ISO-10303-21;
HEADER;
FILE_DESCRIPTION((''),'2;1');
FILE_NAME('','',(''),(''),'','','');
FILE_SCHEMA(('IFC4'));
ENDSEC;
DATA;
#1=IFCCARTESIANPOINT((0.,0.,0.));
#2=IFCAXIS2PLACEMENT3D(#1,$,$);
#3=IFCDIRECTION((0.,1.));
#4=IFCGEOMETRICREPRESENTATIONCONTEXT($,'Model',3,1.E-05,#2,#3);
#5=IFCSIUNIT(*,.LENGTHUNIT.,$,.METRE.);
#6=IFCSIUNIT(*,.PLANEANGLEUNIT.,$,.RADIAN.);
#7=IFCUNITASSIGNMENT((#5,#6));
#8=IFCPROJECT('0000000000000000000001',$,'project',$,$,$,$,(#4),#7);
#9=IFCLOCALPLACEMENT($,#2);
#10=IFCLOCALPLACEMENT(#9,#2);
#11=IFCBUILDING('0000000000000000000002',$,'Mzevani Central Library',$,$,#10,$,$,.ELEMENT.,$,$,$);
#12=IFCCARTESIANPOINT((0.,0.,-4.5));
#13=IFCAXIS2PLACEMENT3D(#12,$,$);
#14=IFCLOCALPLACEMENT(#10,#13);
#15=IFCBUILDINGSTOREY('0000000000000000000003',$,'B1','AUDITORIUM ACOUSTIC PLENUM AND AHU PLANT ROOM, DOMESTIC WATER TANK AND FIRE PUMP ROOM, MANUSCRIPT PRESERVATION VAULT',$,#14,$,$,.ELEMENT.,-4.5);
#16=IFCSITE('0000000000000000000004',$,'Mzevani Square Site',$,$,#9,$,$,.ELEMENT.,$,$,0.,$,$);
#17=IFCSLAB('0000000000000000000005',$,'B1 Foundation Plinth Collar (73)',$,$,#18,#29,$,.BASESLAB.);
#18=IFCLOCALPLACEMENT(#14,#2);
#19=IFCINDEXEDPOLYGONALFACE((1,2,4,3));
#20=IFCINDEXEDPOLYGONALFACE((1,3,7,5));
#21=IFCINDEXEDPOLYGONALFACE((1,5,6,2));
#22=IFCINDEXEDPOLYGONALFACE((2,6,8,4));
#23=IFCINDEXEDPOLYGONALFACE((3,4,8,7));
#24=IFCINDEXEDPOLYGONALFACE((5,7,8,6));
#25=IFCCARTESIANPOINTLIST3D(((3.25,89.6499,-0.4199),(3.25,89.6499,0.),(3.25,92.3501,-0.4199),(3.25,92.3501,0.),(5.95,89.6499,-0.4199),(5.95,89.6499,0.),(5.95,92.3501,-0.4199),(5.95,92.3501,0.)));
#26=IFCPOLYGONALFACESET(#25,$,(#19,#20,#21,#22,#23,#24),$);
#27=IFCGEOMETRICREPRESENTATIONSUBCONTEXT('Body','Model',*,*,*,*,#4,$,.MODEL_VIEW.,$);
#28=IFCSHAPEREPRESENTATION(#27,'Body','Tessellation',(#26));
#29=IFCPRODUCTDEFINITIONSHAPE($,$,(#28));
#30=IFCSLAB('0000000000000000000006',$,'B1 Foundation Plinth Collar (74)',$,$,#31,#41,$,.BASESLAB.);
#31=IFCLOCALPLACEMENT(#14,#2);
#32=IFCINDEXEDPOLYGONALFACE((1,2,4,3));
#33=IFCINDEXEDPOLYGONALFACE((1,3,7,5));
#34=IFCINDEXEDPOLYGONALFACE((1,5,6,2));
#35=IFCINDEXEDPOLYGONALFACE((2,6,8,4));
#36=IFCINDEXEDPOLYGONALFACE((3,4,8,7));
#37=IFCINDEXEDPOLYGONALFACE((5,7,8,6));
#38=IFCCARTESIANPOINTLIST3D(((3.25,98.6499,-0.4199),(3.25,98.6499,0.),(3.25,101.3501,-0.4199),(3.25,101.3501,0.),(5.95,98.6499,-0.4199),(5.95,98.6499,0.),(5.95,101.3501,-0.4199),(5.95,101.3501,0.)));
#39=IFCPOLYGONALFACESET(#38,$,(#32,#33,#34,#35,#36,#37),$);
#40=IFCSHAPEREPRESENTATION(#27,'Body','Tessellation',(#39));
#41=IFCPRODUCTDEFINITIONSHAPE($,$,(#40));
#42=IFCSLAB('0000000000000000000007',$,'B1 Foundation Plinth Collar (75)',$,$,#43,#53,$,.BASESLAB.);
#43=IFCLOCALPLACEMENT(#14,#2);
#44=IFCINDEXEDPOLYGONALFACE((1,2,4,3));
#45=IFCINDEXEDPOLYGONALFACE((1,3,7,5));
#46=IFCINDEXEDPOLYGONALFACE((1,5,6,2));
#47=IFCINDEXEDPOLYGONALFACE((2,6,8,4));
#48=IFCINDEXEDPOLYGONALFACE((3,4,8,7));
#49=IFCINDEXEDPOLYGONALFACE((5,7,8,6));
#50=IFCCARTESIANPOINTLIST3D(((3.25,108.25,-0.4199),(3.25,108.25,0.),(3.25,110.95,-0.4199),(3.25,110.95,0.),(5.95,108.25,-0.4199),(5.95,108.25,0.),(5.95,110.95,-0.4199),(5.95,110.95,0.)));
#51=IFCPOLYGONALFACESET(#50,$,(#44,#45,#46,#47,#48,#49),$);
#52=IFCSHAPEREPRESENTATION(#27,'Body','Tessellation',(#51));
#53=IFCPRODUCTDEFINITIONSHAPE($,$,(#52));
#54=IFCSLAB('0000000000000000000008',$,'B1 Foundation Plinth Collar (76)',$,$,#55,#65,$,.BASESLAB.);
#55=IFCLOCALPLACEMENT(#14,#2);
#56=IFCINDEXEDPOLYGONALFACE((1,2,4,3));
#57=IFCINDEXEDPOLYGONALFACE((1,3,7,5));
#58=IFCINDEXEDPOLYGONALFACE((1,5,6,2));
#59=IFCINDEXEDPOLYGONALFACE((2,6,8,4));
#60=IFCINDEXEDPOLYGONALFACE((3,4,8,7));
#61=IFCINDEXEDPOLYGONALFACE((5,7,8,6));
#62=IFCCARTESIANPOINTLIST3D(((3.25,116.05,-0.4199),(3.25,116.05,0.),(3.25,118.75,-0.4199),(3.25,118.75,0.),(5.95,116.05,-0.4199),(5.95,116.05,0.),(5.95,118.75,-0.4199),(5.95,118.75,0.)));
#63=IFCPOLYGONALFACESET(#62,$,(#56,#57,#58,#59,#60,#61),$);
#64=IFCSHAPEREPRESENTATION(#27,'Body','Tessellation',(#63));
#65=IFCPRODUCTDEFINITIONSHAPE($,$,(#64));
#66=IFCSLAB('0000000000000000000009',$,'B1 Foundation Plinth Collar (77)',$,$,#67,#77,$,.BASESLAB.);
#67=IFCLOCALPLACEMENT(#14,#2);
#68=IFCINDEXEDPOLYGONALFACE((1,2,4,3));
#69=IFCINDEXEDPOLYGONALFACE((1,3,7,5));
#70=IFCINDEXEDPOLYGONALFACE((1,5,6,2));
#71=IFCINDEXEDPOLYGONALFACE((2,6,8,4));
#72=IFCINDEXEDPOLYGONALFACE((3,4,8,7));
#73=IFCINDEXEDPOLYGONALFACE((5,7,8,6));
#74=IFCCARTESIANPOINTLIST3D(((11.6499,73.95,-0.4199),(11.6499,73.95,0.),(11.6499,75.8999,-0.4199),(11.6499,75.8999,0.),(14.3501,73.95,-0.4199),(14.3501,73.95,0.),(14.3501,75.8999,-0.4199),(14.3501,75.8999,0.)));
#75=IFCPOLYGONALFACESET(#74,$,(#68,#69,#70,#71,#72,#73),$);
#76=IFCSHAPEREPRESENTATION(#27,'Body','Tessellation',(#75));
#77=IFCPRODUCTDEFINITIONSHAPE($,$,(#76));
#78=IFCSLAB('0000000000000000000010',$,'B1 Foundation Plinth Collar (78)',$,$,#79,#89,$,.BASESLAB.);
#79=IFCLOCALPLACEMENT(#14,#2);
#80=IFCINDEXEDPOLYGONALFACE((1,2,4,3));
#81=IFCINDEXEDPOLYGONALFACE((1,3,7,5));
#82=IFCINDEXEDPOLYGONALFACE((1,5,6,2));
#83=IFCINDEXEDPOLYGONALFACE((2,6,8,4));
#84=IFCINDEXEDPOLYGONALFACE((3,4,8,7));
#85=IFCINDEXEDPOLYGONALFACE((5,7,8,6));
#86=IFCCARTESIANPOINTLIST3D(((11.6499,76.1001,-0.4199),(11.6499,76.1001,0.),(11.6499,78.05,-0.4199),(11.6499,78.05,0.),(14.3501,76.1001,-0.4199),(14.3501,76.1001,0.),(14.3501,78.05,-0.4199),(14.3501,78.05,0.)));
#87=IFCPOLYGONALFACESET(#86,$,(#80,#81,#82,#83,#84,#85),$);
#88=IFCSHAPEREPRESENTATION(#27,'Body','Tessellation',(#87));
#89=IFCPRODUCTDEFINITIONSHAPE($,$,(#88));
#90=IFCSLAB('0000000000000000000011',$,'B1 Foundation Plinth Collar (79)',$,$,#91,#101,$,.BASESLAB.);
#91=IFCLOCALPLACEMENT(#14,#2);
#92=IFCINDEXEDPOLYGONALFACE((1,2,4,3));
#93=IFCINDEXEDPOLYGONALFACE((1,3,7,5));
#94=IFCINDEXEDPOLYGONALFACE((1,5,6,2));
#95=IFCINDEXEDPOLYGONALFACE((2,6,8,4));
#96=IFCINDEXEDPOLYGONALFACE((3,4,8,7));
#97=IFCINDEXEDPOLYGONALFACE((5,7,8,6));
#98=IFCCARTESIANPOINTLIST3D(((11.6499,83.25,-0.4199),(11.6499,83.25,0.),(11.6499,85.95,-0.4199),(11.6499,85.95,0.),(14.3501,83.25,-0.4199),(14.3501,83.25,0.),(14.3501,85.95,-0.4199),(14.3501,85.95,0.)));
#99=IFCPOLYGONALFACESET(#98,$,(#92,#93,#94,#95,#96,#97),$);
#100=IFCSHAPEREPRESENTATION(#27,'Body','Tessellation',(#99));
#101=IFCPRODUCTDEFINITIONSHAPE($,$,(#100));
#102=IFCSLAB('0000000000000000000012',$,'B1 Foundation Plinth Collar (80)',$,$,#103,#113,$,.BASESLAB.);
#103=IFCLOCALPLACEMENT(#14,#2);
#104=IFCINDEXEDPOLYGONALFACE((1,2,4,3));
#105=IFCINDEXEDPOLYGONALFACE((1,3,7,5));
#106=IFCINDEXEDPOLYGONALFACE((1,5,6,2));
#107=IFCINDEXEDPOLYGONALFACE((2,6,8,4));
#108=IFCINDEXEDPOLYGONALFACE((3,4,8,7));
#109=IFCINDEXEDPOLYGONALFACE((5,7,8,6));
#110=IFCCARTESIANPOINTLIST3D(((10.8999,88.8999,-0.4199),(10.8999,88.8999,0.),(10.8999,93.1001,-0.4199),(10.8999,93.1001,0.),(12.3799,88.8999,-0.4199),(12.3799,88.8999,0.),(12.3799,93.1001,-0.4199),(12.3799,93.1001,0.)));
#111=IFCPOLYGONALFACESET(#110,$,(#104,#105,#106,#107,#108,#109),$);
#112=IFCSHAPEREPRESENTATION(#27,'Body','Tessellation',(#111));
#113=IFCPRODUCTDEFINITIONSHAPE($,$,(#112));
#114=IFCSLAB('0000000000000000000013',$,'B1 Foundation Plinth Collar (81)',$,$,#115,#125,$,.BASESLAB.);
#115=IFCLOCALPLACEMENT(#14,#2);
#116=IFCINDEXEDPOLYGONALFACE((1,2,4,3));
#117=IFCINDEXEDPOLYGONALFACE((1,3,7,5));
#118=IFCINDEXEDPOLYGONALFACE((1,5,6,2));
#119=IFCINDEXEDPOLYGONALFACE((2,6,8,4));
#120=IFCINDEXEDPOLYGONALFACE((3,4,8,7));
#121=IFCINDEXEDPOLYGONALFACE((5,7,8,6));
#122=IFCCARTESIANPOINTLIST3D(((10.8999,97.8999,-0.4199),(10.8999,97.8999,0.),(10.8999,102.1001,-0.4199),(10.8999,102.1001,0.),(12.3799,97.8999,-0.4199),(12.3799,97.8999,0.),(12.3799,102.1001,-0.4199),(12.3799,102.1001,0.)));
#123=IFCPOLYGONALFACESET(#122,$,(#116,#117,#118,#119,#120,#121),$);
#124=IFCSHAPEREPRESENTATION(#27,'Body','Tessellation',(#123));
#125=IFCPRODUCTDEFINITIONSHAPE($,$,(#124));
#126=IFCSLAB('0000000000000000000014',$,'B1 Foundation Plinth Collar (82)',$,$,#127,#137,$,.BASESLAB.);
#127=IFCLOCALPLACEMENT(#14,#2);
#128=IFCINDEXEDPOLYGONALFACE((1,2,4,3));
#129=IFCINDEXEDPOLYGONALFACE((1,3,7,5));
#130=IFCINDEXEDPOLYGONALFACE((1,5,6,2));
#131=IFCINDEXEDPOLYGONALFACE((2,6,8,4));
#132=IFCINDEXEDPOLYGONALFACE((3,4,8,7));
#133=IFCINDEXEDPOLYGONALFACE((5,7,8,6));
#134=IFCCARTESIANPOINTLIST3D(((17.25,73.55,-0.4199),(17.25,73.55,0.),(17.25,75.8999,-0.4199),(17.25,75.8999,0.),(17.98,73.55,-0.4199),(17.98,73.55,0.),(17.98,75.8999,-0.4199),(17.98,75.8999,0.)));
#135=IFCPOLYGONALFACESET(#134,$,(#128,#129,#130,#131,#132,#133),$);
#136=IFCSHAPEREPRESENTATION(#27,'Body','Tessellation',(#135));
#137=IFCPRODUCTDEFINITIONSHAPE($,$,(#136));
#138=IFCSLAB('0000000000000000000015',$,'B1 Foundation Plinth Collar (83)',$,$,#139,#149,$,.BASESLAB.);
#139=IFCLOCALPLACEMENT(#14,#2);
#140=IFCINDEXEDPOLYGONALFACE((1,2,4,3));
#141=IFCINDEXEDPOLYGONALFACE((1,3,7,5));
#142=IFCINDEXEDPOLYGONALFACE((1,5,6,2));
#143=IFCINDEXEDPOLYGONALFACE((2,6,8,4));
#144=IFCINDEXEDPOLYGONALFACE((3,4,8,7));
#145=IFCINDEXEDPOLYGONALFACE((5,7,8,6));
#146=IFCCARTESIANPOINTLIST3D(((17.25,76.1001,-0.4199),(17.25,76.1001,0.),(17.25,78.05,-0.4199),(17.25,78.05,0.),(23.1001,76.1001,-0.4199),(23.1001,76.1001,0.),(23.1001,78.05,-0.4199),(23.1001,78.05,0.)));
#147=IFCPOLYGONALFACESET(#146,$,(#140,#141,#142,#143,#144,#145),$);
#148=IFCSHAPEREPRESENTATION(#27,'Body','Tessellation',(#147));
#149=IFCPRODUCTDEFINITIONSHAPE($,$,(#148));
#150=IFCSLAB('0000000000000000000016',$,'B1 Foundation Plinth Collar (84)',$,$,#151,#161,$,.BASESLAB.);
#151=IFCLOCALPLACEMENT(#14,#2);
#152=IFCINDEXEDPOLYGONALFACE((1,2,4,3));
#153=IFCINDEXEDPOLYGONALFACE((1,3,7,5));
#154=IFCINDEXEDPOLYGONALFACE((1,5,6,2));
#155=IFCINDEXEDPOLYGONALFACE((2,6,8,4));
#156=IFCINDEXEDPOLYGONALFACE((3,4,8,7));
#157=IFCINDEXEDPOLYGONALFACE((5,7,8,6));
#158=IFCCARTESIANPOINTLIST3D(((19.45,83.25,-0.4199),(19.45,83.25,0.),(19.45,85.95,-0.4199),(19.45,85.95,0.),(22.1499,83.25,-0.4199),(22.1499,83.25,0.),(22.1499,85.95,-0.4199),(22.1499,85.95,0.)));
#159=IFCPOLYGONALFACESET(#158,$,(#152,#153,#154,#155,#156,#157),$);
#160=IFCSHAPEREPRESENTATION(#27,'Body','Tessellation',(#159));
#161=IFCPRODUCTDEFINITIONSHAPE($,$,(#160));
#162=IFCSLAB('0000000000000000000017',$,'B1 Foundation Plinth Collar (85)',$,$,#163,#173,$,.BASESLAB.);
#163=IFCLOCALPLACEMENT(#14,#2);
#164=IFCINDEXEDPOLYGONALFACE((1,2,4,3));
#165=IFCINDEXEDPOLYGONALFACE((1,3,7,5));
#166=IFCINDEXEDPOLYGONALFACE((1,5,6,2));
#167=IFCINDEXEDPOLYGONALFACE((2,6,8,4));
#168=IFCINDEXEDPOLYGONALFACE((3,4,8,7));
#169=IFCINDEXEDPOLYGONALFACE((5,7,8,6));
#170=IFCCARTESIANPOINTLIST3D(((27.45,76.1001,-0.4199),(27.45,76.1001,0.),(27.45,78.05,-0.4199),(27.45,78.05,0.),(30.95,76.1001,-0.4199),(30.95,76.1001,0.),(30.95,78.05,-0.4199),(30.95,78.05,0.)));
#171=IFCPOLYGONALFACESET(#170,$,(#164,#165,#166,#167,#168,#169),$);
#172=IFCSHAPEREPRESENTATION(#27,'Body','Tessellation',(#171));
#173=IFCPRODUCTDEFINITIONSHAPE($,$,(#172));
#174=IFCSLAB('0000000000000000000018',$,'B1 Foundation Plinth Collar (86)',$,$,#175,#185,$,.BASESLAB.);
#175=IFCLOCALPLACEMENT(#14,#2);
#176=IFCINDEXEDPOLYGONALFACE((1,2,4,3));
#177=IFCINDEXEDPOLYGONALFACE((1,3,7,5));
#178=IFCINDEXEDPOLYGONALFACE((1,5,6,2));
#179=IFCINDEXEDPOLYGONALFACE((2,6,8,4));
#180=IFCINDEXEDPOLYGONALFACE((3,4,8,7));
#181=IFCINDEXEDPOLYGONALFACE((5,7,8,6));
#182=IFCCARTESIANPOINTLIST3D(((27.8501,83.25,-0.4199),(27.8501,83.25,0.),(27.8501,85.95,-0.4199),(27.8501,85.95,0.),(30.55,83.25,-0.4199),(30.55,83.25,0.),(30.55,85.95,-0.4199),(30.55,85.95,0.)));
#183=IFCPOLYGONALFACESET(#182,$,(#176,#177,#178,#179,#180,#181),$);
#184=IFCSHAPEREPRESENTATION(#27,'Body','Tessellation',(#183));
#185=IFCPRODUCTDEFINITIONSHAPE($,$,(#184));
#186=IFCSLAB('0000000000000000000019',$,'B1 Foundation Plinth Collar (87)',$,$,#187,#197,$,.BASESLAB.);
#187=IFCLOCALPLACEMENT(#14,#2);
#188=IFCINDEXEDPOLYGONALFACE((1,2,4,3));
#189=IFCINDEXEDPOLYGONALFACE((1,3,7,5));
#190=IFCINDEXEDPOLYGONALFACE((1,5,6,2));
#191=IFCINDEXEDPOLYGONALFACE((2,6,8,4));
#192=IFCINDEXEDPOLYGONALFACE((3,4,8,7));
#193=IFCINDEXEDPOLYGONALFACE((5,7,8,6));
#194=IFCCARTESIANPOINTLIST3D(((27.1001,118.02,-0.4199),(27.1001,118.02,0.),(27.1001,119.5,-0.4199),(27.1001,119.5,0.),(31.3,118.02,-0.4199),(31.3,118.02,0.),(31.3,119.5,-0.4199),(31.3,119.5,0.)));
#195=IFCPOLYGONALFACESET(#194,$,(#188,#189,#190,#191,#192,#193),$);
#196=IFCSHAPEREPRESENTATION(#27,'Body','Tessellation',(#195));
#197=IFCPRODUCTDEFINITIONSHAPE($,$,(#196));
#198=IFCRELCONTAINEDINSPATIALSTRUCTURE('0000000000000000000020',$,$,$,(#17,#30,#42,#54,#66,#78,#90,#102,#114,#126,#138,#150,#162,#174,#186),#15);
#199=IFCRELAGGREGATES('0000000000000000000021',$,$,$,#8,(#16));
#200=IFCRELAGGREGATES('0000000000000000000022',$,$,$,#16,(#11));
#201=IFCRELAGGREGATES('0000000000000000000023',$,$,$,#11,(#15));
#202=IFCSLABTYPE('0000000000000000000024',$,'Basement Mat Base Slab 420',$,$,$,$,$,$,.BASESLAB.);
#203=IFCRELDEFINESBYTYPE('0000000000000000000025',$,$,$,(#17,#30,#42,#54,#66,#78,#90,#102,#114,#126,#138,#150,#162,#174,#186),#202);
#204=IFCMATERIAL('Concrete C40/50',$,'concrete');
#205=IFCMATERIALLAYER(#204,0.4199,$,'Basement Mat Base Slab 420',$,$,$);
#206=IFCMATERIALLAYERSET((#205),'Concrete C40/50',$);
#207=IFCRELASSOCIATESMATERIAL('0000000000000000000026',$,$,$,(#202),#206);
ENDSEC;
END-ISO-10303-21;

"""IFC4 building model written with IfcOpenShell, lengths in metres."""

from ifc_helpers import new_model, si_unit, direction, frame, origin, place, context, subcontext, project, spatial, polyline, outline, extrude, material, layer, layer_set, type_object, element, save


model = new_model("IFC4")

# Units and contexts
model_context = context("Model", 3, precision=1e-05, world=origin(), true_north=direction((0.0, 1.0)))
body_context = subcontext(model_context, "Body", "Model", "MODEL_VIEW")
ifc_project = project(units=[si_unit("LENGTHUNIT", "METRE"), si_unit("PLANEANGLEUNIT", "RADIAN")], contexts=[model_context])

# Site, building, storey
site_placement = place(None, origin())
site = spatial("IfcSite", under=ifc_project, at=site_placement, Name="Mzevani Square Site", CompositionType="ELEMENT", RefElevation=0.0)
building_placement = place(site_placement, origin())
building = spatial("IfcBuilding", under=site, at=building_placement, Name="Mzevani Central Library", CompositionType="ELEMENT")
storey_placement = place(building_placement, frame((0.0, 0.0, -4.5)))
storey = spatial("IfcBuildingStorey", under=building, at=storey_placement, Name="B1", Description="AUDITORIUM ACOUSTIC PLENUM AND AHU PLANT ROOM, DOMESTIC WATER TANK AND FIRE PUMP ROOM, MANUSCRIPT PRESERVATION VAULT", CompositionType="ELEMENT", Elevation=-4.5)

# Slabs
ifc_material = material(Name="Concrete C40/50", Category="concrete")
ifc_layer = layer(ifc_material, 0.4199, Name="Basement Mat Base Slab 420")
ifc_layer_set = layer_set([ifc_layer], Name="Concrete C40/50")
slab_type = type_object("IfcSlabType", Name="Basement Mat Base Slab 420", PredefinedType="BASESLAB", material=ifc_layer_set)
slab_1_placement = place(storey_placement, frame((0.0, 0.0, -0.4199)))
element("IfcSlab", 1, at=slab_1_placement, inside=storey, type_object=slab_type, Name="B1 Foundation Plinth Collar (73)", PredefinedType="BASESLAB", context=body_context, shape_type="SweptSolid", body=[
    extrude(outline(polyline([(3.25, 92.3501), (5.95, 92.3501), (5.95, 89.6499), (3.25, 89.6499), (3.25, 92.3501)])), origin(), (0.0, 0.0, 1.0), 0.4199),
])
slab_2_placement = place(storey_placement, frame((0.0, 0.0, -0.4199)))
element("IfcSlab", 2, at=slab_2_placement, inside=storey, type_object=slab_type, Name="B1 Foundation Plinth Collar (74)", PredefinedType="BASESLAB", context=body_context, shape_type="SweptSolid", body=[
    extrude(outline(polyline([(3.25, 101.3501), (5.95, 101.3501), (5.95, 98.6499), (3.25, 98.6499), (3.25, 101.3501)])), origin(), (0.0, 0.0, 1.0), 0.4199),
])
slab_3_placement = place(storey_placement, frame((0.0, 0.0, -0.4199)))
element("IfcSlab", 3, at=slab_3_placement, inside=storey, type_object=slab_type, Name="B1 Foundation Plinth Collar (75)", PredefinedType="BASESLAB", context=body_context, shape_type="SweptSolid", body=[
    extrude(outline(polyline([(3.25, 110.95), (5.95, 110.95), (5.95, 108.25), (3.25, 108.25), (3.25, 110.95)])), origin(), (0.0, 0.0, 1.0), 0.4199),
])
slab_4_placement = place(storey_placement, frame((0.0, 0.0, -0.4199)))
element("IfcSlab", 4, at=slab_4_placement, inside=storey, type_object=slab_type, Name="B1 Foundation Plinth Collar (76)", PredefinedType="BASESLAB", context=body_context, shape_type="SweptSolid", body=[
    extrude(outline(polyline([(3.25, 118.75), (5.95, 118.75), (5.95, 116.05), (3.25, 116.05), (3.25, 118.75)])), origin(), (0.0, 0.0, 1.0), 0.4199),
])
slab_5_placement = place(storey_placement, frame((0.0, 0.0, -0.4199)))
element("IfcSlab", 5, at=slab_5_placement, inside=storey, type_object=slab_type, Name="B1 Foundation Plinth Collar (77)", PredefinedType="BASESLAB", context=body_context, shape_type="SweptSolid", body=[
    extrude(outline(polyline([(11.6499, 75.8999), (14.3501, 75.8999), (14.3501, 73.95), (11.6499, 73.95), (11.6499, 75.8999)])), origin(), (0.0, 0.0, 1.0), 0.4199),
])
slab_6_placement = place(storey_placement, frame((0.0, 0.0, -0.4199)))
element("IfcSlab", 6, at=slab_6_placement, inside=storey, type_object=slab_type, Name="B1 Foundation Plinth Collar (78)", PredefinedType="BASESLAB", context=body_context, shape_type="SweptSolid", body=[
    extrude(outline(polyline([(11.6499, 78.05), (14.3501, 78.05), (14.3501, 76.1001), (11.6499, 76.1001), (11.6499, 78.05)])), origin(), (0.0, 0.0, 1.0), 0.4199),
])
slab_7_placement = place(storey_placement, frame((0.0, 0.0, -0.4199)))
element("IfcSlab", 7, at=slab_7_placement, inside=storey, type_object=slab_type, Name="B1 Foundation Plinth Collar (79)", PredefinedType="BASESLAB", context=body_context, shape_type="SweptSolid", body=[
    extrude(outline(polyline([(11.6499, 85.95), (14.3501, 85.95), (14.3501, 83.25), (11.6499, 83.25), (11.6499, 85.95)])), origin(), (0.0, 0.0, 1.0), 0.4199),
])
slab_8_placement = place(storey_placement, frame((0.0, 0.0, -0.4199)))
element("IfcSlab", 8, at=slab_8_placement, inside=storey, type_object=slab_type, Name="B1 Foundation Plinth Collar (80)", PredefinedType="BASESLAB", context=body_context, shape_type="SweptSolid", body=[
    extrude(outline(polyline([(10.8999, 93.1001), (12.3799, 93.1001), (12.3799, 88.8999), (10.8999, 88.8999), (10.8999, 93.1001)])), origin(), (0.0, 0.0, 1.0), 0.4199),
])
slab_9_placement = place(storey_placement, frame((0.0, 0.0, -0.4199)))
element("IfcSlab", 9, at=slab_9_placement, inside=storey, type_object=slab_type, Name="B1 Foundation Plinth Collar (81)", PredefinedType="BASESLAB", context=body_context, shape_type="SweptSolid", body=[
    extrude(outline(polyline([(10.8999, 102.1001), (12.3799, 102.1001), (12.3799, 97.8999), (10.8999, 97.8999), (10.8999, 102.1001)])), origin(), (0.0, 0.0, 1.0), 0.4199),
])
slab_10_placement = place(storey_placement, frame((0.0, 0.0, -0.4199)))
element("IfcSlab", 10, at=slab_10_placement, inside=storey, type_object=slab_type, Name="B1 Foundation Plinth Collar (82)", PredefinedType="BASESLAB", context=body_context, shape_type="SweptSolid", body=[
    extrude(outline(polyline([(17.25, 75.8999), (17.98, 75.8999), (17.98, 73.55), (17.25, 73.55), (17.25, 75.8999)])), origin(), (0.0, 0.0, 1.0), 0.4199),
])
slab_11_placement = place(storey_placement, frame((0.0, 0.0, -0.4199)))
element("IfcSlab", 11, at=slab_11_placement, inside=storey, type_object=slab_type, Name="B1 Foundation Plinth Collar (83)", PredefinedType="BASESLAB", context=body_context, shape_type="SweptSolid", body=[
    extrude(outline(polyline([(17.25, 78.05), (23.1001, 78.05), (23.1001, 76.1001), (17.25, 76.1001), (17.25, 78.05)])), origin(), (0.0, 0.0, 1.0), 0.4199),
])
slab_12_placement = place(storey_placement, frame((0.0, 0.0, -0.4199)))
element("IfcSlab", 12, at=slab_12_placement, inside=storey, type_object=slab_type, Name="B1 Foundation Plinth Collar (84)", PredefinedType="BASESLAB", context=body_context, shape_type="SweptSolid", body=[
    extrude(outline(polyline([(19.45, 85.95), (22.1499, 85.95), (22.1499, 83.25), (19.45, 83.25), (19.45, 85.95)])), origin(), (0.0, 0.0, 1.0), 0.4199),
])
slab_13_placement = place(storey_placement, frame((0.0, 0.0, -0.4199)))
element("IfcSlab", 13, at=slab_13_placement, inside=storey, type_object=slab_type, Name="B1 Foundation Plinth Collar (85)", PredefinedType="BASESLAB", context=body_context, shape_type="SweptSolid", body=[
    extrude(outline(polyline([(30.95, 78.05), (30.95, 76.1001), (27.45, 76.1001), (27.45, 78.05), (30.95, 78.05)])), origin(), (0.0, 0.0, 1.0), 0.4199),
])
slab_14_placement = place(storey_placement, frame((0.0, 0.0, -0.4199)))
element("IfcSlab", 14, at=slab_14_placement, inside=storey, type_object=slab_type, Name="B1 Foundation Plinth Collar (86)", PredefinedType="BASESLAB", context=body_context, shape_type="SweptSolid", body=[
    extrude(outline(polyline([(27.8501, 85.95), (30.55, 85.95), (30.55, 83.25), (27.8501, 83.25), (27.8501, 85.95)])), origin(), (0.0, 0.0, 1.0), 0.4199),
])
slab_15_placement = place(storey_placement, frame((0.0, 0.0, -0.4199)))
element("IfcSlab", 15, at=slab_15_placement, inside=storey, type_object=slab_type, Name="B1 Foundation Plinth Collar (87)", PredefinedType="BASESLAB", context=body_context, shape_type="SweptSolid", body=[
    extrude(outline(polyline([(31.3, 119.5), (31.3, 118.02), (27.1001, 118.02), (27.1001, 119.5), (31.3, 119.5)])), origin(), (0.0, 0.0, 1.0), 0.4199),
])

save(model, "model.ifc")
